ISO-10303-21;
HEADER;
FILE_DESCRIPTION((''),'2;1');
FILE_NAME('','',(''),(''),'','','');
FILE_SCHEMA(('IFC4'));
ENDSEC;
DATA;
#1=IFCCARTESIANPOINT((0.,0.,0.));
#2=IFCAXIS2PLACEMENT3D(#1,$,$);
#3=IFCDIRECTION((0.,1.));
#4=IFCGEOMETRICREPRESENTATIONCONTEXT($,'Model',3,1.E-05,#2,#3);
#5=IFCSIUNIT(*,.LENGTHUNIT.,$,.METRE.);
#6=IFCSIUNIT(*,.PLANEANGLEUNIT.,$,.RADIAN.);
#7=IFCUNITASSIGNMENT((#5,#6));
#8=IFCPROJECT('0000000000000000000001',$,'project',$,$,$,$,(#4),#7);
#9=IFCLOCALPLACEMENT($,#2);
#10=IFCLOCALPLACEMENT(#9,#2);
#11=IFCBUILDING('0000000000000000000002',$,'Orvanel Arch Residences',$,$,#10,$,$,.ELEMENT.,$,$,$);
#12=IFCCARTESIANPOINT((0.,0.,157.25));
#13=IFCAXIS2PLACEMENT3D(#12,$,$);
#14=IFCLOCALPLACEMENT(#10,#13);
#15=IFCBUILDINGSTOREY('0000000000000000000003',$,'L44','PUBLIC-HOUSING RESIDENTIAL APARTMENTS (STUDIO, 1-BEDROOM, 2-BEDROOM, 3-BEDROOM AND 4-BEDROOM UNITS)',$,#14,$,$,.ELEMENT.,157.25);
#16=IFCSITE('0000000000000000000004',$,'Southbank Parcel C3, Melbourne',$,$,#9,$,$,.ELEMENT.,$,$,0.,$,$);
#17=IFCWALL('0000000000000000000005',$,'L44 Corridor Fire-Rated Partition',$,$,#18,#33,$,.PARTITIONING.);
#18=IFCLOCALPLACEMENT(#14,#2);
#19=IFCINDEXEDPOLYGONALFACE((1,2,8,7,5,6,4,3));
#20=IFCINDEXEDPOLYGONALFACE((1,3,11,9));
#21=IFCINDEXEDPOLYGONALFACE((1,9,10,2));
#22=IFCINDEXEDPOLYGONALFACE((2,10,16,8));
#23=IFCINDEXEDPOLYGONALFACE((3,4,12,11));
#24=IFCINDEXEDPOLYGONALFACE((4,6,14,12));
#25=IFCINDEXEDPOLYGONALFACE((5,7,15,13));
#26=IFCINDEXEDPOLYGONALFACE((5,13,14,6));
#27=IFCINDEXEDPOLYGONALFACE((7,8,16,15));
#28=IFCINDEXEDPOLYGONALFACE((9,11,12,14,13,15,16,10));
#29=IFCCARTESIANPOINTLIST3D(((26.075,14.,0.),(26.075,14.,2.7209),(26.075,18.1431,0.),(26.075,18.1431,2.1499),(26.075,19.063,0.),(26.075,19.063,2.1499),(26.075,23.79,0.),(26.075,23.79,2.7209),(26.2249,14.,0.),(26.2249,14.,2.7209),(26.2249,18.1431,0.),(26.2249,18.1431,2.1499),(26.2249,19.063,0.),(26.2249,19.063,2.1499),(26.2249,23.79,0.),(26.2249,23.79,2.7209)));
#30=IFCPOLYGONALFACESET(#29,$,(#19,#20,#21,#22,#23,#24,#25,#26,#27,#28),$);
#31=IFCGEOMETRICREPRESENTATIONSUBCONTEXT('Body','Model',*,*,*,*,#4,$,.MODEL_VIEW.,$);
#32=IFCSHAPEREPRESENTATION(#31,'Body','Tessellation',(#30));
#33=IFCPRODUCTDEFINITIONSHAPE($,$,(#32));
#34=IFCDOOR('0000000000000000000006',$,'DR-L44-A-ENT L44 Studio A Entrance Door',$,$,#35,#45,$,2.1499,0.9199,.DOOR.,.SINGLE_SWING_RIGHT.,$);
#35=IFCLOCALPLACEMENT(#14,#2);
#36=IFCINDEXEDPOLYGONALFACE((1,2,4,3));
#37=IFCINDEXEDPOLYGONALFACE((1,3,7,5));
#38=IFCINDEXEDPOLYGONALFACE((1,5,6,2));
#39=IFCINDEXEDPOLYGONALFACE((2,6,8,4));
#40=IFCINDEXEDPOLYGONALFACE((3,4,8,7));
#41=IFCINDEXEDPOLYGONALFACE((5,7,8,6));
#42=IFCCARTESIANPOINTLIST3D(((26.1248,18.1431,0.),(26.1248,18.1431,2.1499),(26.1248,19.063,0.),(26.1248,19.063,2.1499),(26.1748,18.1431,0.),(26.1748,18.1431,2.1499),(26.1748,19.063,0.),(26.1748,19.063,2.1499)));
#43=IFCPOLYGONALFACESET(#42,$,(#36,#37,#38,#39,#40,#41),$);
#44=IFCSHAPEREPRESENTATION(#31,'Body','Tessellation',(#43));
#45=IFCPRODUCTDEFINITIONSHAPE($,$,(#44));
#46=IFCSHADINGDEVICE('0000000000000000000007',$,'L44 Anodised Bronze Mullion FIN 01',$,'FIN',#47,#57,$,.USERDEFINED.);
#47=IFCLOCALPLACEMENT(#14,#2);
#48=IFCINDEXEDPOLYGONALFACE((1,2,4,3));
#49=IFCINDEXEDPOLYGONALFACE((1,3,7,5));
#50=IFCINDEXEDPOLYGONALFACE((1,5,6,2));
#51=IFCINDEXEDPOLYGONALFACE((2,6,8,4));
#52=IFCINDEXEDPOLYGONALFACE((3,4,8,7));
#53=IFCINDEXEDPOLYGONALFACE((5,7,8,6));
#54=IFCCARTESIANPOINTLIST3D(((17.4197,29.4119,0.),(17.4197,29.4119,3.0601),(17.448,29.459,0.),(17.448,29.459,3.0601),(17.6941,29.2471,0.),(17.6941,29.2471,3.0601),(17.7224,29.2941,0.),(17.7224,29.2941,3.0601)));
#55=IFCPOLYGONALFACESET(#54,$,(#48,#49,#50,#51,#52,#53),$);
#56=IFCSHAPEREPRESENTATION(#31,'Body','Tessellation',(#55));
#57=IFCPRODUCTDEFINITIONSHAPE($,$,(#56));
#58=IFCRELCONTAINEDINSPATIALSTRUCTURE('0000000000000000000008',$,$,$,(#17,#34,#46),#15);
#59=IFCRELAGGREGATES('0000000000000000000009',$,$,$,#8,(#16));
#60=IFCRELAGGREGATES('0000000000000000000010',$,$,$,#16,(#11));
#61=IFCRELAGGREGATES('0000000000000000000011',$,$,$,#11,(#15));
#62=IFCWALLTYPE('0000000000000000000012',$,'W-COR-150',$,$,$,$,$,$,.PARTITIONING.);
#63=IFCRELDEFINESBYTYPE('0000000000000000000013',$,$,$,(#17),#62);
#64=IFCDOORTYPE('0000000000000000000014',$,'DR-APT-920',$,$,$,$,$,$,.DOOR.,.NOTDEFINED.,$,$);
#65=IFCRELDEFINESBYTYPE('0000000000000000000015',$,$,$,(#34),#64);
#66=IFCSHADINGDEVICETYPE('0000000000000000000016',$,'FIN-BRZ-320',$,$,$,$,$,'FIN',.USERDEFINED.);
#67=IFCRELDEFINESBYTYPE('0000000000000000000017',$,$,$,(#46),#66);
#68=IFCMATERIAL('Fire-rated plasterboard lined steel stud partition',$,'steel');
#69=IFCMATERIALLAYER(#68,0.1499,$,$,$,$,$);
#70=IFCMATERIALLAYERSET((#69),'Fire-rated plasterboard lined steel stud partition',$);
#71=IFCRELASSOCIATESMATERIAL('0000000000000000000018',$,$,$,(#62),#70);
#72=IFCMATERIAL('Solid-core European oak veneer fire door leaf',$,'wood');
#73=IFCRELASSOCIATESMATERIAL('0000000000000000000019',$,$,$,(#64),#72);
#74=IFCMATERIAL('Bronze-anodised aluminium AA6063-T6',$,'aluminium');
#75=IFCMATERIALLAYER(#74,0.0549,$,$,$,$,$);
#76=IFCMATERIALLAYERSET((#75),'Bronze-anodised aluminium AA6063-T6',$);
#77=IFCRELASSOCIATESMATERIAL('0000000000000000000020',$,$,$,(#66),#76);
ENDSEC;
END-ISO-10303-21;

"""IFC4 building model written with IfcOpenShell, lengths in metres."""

from ifc_helpers import new_model, si_unit, direction, frame, frame_2d, origin, origin_2d, place, context, subcontext, project, spatial, rectangle, extrude, material, layer, layer_set, type_object, element, fill, save


model = new_model("IFC4")

# Units and contexts
model_context = context("Model", 3, precision=1e-05, world=origin(), true_north=direction((0.0, 1.0)))
body_context = subcontext(model_context, "Body", "Model", "MODEL_VIEW")
ifc_project = project(units=[si_unit("LENGTHUNIT", "METRE"), si_unit("PLANEANGLEUNIT", "RADIAN")], contexts=[model_context])

# Site, building, storey
site_placement = place(None, origin())
site = spatial("IfcSite", under=ifc_project, at=site_placement, Name="Southbank Parcel C3, Melbourne", CompositionType="ELEMENT", RefElevation=0.0)
building_placement = place(site_placement, origin())
building = spatial("IfcBuilding", under=site, at=building_placement, Name="Orvanel Arch Residences", CompositionType="ELEMENT")
storey_placement = place(building_placement, frame((0.0, 0.0, 157.25)))
storey = spatial("IfcBuildingStorey", under=building, at=storey_placement, Name="L44", Description="PUBLIC-HOUSING RESIDENTIAL APARTMENTS (STUDIO, 1-BEDROOM, 2-BEDROOM, 3-BEDROOM AND 4-BEDROOM UNITS)", CompositionType="ELEMENT", Elevation=157.25)

# Shared definitions
ifc_material_1 = material(Name="Bronze-anodised aluminium AA6063-T6", Category="aluminium")

# Wall, opening, door
ifc_material_2 = material(Name="Fire-rated plasterboard lined steel stud partition", Category="steel")
ifc_layer_1 = layer(ifc_material_2, 0.1499)
ifc_layer_set_1 = layer_set([ifc_layer_1], Name="Fire-rated plasterboard lined steel stud partition")
wall_type_1 = type_object("IfcWallType", Name="W-COR-150", PredefinedType="PARTITIONING", material=ifc_layer_set_1)
wall_1_placement = place(storey_placement, frame((26.1499, 23.79, 0.0), z_axis=(0.0, 0.0, 1.0), x_axis=(0.0, -1.0, 0.0)))
wall_1 = element("IfcWall", 1, at=wall_1_placement, inside=storey, type_object=wall_type_1, Name="L44 Corridor Fire-Rated Partition", PredefinedType="PARTITIONING", context=body_context, shape_type="SweptSolid", body=[
    extrude(rectangle(XDim=9.79, YDim=0.1499, at=frame_2d((4.895, 0.0))), origin(), (0.0, 0.0, 1.0), 2.7209),
])
opening_1_placement = place(wall_1_placement, frame((4.7271, 0.0, 0.0)))
opening_1 = element("IfcOpeningElement", 2, at=opening_1_placement, cuts=wall_1, PredefinedType="OPENING", context=body_context, shape_type="SweptSolid", body=[
    extrude(rectangle(XDim=0.9199, YDim=2.1499, at=frame_2d((0.46, 1.075))), frame((0.0, 0.085, 0.0), z_axis=(0.0, -1.0, 0.0), x_axis=(1.0, 0.0, 0.0)), (0.0, 0.0, 1.0), 0.1699),
])
ifc_material_3 = material(Name="Solid-core European oak veneer fire door leaf", Category="wood")
door_type_1 = type_object("IfcDoorType", Name="DR-APT-920", OperationType="NOTDEFINED", PredefinedType="DOOR", material=ifc_material_3)
door_1_placement = place(opening_1_placement, origin())
door_1 = element("IfcDoor", 3, at=door_1_placement, inside=storey, type_object=door_type_1, Name="DR-L44-A-ENT L44 Studio A Entrance Door", OperationType="SINGLE_SWING_RIGHT", OverallHeight=2.1499, OverallWidth=0.9199, PredefinedType="DOOR", context=body_context, shape_type="SweptSolid", body=[
    extrude(rectangle(XDim=0.9199, YDim=2.1499, at=frame_2d((0.46, 1.075))), frame((0.0, 0.0249, 0.0), z_axis=(0.0, -1.0, 0.0), x_axis=(1.0, 0.0, 0.0)), (0.0, 0.0, 1.0), 0.05),
])
fill(opening_1, door_1)

# Shading device
ifc_layer_2 = layer(ifc_material_1, 0.0549)
ifc_layer_set_2 = layer_set([ifc_layer_2], Name="Bronze-anodised aluminium AA6063-T6")
shading_device_type = type_object("IfcShadingDeviceType", Name="FIN-BRZ-320", ElementType="FIN", PredefinedType="USERDEFINED", material=ifc_layer_set_2)
shading_device_placement = place(storey_placement, frame((17.571, 29.353, 0.0), z_axis=(0.0, 0.0, 1.0), x_axis=(-0.857167, 0.515038, 0.0)))
element("IfcShadingDevice", 4, at=shading_device_placement, inside=storey, type_object=shading_device_type, Name="L44 Anodised Bronze Mullion FIN 01", ObjectType="FIN", PredefinedType="USERDEFINED", context=body_context, shape_type="SweptSolid", body=[
    extrude(rectangle(XDim=0.3201, YDim=0.0549, at=origin_2d()), origin(), (0.0, 0.0, 1.0), 3.0601),
])

save(model, "model.ifc")
